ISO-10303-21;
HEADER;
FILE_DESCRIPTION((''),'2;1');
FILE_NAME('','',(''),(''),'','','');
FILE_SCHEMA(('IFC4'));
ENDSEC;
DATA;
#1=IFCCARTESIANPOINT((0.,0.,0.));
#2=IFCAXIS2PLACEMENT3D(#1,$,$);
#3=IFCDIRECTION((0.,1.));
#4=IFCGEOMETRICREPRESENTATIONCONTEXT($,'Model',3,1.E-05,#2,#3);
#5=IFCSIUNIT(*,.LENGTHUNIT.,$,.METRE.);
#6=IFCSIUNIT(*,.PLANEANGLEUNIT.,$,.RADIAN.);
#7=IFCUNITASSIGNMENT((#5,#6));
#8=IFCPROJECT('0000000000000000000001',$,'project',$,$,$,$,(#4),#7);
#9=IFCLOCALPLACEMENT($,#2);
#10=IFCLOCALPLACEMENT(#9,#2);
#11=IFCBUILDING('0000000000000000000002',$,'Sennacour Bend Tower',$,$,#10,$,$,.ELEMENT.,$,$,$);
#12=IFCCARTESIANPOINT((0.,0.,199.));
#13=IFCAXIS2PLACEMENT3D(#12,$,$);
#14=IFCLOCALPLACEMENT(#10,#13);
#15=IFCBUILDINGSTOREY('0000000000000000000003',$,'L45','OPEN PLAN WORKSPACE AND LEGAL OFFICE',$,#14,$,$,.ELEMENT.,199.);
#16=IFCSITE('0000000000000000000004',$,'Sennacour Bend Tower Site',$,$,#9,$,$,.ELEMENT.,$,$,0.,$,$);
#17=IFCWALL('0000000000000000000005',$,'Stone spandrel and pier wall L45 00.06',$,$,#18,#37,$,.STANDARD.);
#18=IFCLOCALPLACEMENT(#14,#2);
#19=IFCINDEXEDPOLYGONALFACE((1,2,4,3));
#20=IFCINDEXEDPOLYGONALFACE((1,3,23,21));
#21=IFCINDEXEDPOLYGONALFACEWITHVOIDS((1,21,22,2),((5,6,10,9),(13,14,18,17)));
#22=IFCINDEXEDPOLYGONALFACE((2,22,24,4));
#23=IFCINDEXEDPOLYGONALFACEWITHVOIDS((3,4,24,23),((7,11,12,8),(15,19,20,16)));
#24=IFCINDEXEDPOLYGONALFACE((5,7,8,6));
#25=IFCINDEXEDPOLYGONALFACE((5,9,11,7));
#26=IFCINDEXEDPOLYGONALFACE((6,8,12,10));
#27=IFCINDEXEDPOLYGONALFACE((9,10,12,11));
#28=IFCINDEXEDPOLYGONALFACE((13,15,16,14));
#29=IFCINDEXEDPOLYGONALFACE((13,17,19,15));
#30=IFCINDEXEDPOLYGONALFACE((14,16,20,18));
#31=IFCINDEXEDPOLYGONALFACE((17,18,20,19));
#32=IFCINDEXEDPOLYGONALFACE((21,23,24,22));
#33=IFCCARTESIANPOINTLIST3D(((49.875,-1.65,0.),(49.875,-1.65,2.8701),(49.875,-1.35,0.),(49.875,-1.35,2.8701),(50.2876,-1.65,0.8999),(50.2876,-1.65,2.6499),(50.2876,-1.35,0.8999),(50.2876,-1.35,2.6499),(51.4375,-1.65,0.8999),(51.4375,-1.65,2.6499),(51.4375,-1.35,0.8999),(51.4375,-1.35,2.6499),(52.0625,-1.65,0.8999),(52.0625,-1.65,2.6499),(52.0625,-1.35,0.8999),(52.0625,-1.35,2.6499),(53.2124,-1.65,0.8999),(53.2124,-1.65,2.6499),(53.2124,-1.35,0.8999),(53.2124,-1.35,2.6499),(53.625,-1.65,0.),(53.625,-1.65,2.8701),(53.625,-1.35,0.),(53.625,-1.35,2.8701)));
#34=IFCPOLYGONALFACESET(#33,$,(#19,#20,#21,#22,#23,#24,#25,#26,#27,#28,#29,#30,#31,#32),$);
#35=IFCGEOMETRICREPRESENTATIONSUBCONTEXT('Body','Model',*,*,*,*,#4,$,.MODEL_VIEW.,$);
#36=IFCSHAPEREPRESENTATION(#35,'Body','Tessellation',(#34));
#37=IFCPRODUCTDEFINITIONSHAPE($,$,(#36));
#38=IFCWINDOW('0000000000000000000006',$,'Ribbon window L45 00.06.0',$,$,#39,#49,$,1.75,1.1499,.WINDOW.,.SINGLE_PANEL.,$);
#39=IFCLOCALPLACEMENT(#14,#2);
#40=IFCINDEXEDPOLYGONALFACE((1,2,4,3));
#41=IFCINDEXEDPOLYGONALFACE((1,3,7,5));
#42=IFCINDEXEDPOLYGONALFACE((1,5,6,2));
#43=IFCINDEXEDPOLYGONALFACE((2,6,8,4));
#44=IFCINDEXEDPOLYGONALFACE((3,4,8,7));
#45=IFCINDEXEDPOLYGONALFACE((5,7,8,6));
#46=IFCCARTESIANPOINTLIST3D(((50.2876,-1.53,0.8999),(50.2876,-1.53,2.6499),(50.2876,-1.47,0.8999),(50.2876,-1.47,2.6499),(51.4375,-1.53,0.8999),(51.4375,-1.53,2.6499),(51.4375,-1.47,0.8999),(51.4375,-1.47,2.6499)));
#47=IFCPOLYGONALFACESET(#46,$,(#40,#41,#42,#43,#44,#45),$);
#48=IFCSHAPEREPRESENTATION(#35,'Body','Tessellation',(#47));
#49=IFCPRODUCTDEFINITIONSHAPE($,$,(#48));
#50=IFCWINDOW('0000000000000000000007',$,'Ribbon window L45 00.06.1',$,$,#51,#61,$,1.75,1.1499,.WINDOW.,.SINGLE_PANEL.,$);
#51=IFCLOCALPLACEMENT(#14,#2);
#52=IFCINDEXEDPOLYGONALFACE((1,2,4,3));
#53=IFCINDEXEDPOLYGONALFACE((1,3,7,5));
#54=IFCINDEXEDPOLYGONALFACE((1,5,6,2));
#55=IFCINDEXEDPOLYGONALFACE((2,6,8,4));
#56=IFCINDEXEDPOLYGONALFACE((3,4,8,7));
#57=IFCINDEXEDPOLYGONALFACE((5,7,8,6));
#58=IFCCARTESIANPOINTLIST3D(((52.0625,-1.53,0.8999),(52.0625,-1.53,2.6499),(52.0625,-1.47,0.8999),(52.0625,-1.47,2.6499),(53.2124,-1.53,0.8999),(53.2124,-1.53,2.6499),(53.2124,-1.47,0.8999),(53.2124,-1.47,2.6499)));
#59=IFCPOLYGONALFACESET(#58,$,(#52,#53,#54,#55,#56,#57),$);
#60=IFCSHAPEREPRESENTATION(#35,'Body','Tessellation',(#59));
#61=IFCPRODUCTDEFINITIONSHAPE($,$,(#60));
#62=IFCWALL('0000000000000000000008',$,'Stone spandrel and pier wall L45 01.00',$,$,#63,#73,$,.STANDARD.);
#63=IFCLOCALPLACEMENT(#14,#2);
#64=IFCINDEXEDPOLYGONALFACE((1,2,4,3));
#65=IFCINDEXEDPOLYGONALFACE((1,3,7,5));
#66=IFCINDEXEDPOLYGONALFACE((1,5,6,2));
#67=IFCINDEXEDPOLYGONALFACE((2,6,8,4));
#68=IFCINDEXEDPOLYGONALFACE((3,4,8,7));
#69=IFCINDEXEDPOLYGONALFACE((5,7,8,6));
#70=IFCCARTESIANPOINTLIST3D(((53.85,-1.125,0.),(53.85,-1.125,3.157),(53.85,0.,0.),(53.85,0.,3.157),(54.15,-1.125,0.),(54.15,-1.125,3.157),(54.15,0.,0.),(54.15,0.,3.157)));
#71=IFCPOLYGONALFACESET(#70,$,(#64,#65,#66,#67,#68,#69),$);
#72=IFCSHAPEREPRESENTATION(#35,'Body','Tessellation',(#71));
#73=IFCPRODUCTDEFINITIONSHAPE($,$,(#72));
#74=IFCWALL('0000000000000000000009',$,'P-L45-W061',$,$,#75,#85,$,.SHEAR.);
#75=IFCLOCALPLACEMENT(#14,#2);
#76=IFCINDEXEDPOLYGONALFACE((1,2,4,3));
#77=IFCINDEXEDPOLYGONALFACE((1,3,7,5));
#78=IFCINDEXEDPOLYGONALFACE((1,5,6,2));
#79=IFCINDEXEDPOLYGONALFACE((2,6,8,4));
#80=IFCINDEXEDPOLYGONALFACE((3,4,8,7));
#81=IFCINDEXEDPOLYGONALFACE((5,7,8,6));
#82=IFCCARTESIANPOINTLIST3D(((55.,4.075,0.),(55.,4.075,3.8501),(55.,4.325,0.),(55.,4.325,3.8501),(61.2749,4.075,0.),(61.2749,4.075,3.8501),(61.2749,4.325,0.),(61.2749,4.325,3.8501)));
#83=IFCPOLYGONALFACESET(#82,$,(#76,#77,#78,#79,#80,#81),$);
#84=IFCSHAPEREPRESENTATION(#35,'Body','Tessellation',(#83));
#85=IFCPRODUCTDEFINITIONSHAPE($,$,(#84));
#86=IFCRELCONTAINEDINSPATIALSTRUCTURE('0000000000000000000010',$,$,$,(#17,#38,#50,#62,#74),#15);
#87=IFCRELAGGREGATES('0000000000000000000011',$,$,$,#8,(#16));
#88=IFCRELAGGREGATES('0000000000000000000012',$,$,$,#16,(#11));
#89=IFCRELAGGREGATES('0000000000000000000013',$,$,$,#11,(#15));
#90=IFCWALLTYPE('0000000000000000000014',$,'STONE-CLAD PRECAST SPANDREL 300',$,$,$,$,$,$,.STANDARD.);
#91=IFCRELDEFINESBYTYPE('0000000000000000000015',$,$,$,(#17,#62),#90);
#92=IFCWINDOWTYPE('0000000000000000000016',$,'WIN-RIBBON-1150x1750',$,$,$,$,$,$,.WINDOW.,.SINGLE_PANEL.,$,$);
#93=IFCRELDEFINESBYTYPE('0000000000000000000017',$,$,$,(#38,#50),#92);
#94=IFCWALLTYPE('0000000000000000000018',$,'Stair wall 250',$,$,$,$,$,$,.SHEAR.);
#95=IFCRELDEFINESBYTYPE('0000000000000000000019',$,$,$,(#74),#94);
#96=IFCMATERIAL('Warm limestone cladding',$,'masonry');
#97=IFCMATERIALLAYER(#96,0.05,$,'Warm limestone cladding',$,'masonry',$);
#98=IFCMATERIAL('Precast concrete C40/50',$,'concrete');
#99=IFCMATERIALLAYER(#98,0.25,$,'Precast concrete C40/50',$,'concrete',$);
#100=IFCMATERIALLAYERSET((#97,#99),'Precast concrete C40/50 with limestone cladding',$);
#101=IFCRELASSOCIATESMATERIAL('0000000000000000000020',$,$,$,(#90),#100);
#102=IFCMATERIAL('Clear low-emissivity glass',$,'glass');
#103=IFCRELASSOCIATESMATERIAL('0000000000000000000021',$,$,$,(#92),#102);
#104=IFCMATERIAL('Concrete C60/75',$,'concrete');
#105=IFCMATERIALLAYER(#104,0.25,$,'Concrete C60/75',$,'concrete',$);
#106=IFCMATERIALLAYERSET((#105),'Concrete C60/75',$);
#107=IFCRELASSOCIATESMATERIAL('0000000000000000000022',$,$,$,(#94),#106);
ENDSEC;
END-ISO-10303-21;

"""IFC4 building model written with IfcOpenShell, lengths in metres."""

from ifc_helpers import new_model, si_unit, direction, frame, frame_2d, origin, place, context, subcontext, project, spatial, rectangle, extrude, material, layer, layer_set, type_object, element, fill, save


model = new_model("IFC4")

# Units and contexts
model_context = context("Model", 3, precision=1e-05, world=origin(), true_north=direction((0.0, 1.0)))
body_context = subcontext(model_context, "Body", "Model", "MODEL_VIEW")
ifc_project = project(units=[si_unit("LENGTHUNIT", "METRE"), si_unit("PLANEANGLEUNIT", "RADIAN")], contexts=[model_context])

# Site, building, storey
site_placement = place(None, origin())
site = spatial("IfcSite", under=ifc_project, at=site_placement, Name="Sennacour Bend Tower Site", CompositionType="ELEMENT", RefElevation=0.0)
building_placement = place(site_placement, origin())
building = spatial("IfcBuilding", under=site, at=building_placement, Name="Sennacour Bend Tower", CompositionType="ELEMENT")
storey_placement = place(building_placement, frame((0.0, 0.0, 199.0)))
storey = spatial("IfcBuildingStorey", under=building, at=storey_placement, Name="L45", Description="OPEN PLAN WORKSPACE AND LEGAL OFFICE", CompositionType="ELEMENT", Elevation=199.0)

# Shared definitions
ifc_material_1 = material(Name="Concrete C60/75", Category="concrete")

# Wall, openings, windows
ifc_material_2 = material(Name="Warm limestone cladding", Category="masonry")
ifc_layer_1 = layer(ifc_material_2, 0.05, Name="Warm limestone cladding", Category="masonry")
ifc_material_3 = material(Name="Precast concrete C40/50", Category="concrete")
ifc_layer_2 = layer(ifc_material_3, 0.25, Name="Precast concrete C40/50", Category="concrete")
ifc_layer_set_1 = layer_set([ifc_layer_1, ifc_layer_2], Name="Precast concrete C40/50 with limestone cladding")
wall_type_1 = type_object("IfcWallType", Name="STONE-CLAD PRECAST SPANDREL 300", PredefinedType="STANDARD", material=ifc_layer_set_1)
wall_1_placement = place(storey_placement, frame((49.875, -1.5, 0.0), z_axis=(0.0, 0.0, 1.0), x_axis=(1.0, 0.0, 0.0)))
wall_1 = element("IfcWall", 1, at=wall_1_placement, inside=storey, type_object=wall_type_1, Name="Stone spandrel and pier wall L45 00.06", PredefinedType="STANDARD", context=body_context, shape_type="SweptSolid", body=[
    extrude(rectangle(XDim=3.75, YDim=0.3, at=frame_2d((1.875, 0.0))), origin(), (0.0, 0.0, 1.0), 2.8701),
])
opening_1_placement = place(wall_1_placement, frame((0.4126, 0.0, 0.8999)))
opening_1 = element("IfcOpeningElement", 2, at=opening_1_placement, cuts=wall_1, PredefinedType="OPENING", context=body_context, shape_type="SweptSolid", body=[
    extrude(rectangle(XDim=1.1499, YDim=1.75, at=frame_2d((0.575, 0.875))), frame((0.0, 0.1602, 0.0), z_axis=(0.0, -1.0, 0.0), x_axis=(1.0, 0.0, 0.0)), (0.0, 0.0, 1.0), 0.3201),
])
opening_2_placement = place(wall_1_placement, frame((2.1875, 0.0, 0.8999)))
opening_2 = element("IfcOpeningElement", 3, at=opening_2_placement, cuts=wall_1, PredefinedType="OPENING", context=body_context, shape_type="SweptSolid", body=[
    extrude(rectangle(XDim=1.1499, YDim=1.75, at=frame_2d((0.575, 0.875))), frame((0.0, 0.1602, 0.0), z_axis=(0.0, -1.0, 0.0), x_axis=(1.0, 0.0, 0.0)), (0.0, 0.0, 1.0), 0.3201),
])
ifc_material_4 = material(Name="Clear low-emissivity glass", Category="glass")
window_type = type_object("IfcWindowType", Name="WIN-RIBBON-1150x1750", PartitioningType="SINGLE_PANEL", PredefinedType="WINDOW", material=ifc_material_4)
window_1_placement = place(opening_1_placement, origin())
window_1 = element("IfcWindow", 4, at=window_1_placement, inside=storey, type_object=window_type, Name="Ribbon window L45 00.06.0", OverallHeight=1.75, OverallWidth=1.1499, PartitioningType="SINGLE_PANEL", PredefinedType="WINDOW", context=body_context, shape_type="SweptSolid", body=[
    extrude(rectangle(XDim=1.1499, YDim=1.75, at=frame_2d((0.575, 0.875))), frame((0.0, 0.03, 0.0), z_axis=(0.0, -1.0, 0.0), x_axis=(1.0, 0.0, 0.0)), (0.0, 0.0, 1.0), 0.0601),
])
fill(opening_1, window_1)
window_2_placement = place(opening_2_placement, origin())
window_2 = element("IfcWindow", 5, at=window_2_placement, inside=storey, type_object=window_type, Name="Ribbon window L45 00.06.1", OverallHeight=1.75, OverallWidth=1.1499, PartitioningType="SINGLE_PANEL", PredefinedType="WINDOW", context=body_context, shape_type="SweptSolid", body=[
    extrude(rectangle(XDim=1.1499, YDim=1.75, at=frame_2d((0.575, 0.875))), frame((0.0, 0.03, 0.0), z_axis=(0.0, -1.0, 0.0), x_axis=(1.0, 0.0, 0.0)), (0.0, 0.0, 1.0), 0.0601),
])
fill(opening_2, window_2)

# Walls
wall_2_placement = place(storey_placement, frame((54.0, -1.125, 0.0), z_axis=(0.0, 0.0, 1.0), x_axis=(0.0, 1.0, 0.0)))
element("IfcWall", 6, at=wall_2_placement, inside=storey, type_object=wall_type_1, Name="Stone spandrel and pier wall L45 01.00", PredefinedType="STANDARD", context=body_context, shape_type="SweptSolid", body=[
    extrude(rectangle(XDim=1.125, YDim=0.3, at=frame_2d((0.5625, 0.0))), origin(), (0.0, 0.0, 1.0), 3.157),
])
ifc_layer_3 = layer(ifc_material_1, 0.25, Name="Concrete C60/75", Category="concrete")
ifc_layer_set_2 = layer_set([ifc_layer_3], Name="Concrete C60/75")
wall_type_2 = type_object("IfcWallType", Name="Stair wall 250", PredefinedType="SHEAR", material=ifc_layer_set_2)
wall_3_placement = place(storey_placement, frame((55.0, 4.2, 0.0), z_axis=(0.0, 0.0, 1.0), x_axis=(1.0, 0.0, 0.0)))
element("IfcWall", 7, at=wall_3_placement, inside=storey, type_object=wall_type_2, Name="P-L45-W061", PredefinedType="SHEAR", context=body_context, shape_type="SweptSolid", body=[
    extrude(rectangle(XDim=6.2749, YDim=0.25, at=frame_2d((3.1375, 0.0))), origin(), (0.0, 0.0, 1.0), 3.8501),
])

save(model, "model.ifc")
